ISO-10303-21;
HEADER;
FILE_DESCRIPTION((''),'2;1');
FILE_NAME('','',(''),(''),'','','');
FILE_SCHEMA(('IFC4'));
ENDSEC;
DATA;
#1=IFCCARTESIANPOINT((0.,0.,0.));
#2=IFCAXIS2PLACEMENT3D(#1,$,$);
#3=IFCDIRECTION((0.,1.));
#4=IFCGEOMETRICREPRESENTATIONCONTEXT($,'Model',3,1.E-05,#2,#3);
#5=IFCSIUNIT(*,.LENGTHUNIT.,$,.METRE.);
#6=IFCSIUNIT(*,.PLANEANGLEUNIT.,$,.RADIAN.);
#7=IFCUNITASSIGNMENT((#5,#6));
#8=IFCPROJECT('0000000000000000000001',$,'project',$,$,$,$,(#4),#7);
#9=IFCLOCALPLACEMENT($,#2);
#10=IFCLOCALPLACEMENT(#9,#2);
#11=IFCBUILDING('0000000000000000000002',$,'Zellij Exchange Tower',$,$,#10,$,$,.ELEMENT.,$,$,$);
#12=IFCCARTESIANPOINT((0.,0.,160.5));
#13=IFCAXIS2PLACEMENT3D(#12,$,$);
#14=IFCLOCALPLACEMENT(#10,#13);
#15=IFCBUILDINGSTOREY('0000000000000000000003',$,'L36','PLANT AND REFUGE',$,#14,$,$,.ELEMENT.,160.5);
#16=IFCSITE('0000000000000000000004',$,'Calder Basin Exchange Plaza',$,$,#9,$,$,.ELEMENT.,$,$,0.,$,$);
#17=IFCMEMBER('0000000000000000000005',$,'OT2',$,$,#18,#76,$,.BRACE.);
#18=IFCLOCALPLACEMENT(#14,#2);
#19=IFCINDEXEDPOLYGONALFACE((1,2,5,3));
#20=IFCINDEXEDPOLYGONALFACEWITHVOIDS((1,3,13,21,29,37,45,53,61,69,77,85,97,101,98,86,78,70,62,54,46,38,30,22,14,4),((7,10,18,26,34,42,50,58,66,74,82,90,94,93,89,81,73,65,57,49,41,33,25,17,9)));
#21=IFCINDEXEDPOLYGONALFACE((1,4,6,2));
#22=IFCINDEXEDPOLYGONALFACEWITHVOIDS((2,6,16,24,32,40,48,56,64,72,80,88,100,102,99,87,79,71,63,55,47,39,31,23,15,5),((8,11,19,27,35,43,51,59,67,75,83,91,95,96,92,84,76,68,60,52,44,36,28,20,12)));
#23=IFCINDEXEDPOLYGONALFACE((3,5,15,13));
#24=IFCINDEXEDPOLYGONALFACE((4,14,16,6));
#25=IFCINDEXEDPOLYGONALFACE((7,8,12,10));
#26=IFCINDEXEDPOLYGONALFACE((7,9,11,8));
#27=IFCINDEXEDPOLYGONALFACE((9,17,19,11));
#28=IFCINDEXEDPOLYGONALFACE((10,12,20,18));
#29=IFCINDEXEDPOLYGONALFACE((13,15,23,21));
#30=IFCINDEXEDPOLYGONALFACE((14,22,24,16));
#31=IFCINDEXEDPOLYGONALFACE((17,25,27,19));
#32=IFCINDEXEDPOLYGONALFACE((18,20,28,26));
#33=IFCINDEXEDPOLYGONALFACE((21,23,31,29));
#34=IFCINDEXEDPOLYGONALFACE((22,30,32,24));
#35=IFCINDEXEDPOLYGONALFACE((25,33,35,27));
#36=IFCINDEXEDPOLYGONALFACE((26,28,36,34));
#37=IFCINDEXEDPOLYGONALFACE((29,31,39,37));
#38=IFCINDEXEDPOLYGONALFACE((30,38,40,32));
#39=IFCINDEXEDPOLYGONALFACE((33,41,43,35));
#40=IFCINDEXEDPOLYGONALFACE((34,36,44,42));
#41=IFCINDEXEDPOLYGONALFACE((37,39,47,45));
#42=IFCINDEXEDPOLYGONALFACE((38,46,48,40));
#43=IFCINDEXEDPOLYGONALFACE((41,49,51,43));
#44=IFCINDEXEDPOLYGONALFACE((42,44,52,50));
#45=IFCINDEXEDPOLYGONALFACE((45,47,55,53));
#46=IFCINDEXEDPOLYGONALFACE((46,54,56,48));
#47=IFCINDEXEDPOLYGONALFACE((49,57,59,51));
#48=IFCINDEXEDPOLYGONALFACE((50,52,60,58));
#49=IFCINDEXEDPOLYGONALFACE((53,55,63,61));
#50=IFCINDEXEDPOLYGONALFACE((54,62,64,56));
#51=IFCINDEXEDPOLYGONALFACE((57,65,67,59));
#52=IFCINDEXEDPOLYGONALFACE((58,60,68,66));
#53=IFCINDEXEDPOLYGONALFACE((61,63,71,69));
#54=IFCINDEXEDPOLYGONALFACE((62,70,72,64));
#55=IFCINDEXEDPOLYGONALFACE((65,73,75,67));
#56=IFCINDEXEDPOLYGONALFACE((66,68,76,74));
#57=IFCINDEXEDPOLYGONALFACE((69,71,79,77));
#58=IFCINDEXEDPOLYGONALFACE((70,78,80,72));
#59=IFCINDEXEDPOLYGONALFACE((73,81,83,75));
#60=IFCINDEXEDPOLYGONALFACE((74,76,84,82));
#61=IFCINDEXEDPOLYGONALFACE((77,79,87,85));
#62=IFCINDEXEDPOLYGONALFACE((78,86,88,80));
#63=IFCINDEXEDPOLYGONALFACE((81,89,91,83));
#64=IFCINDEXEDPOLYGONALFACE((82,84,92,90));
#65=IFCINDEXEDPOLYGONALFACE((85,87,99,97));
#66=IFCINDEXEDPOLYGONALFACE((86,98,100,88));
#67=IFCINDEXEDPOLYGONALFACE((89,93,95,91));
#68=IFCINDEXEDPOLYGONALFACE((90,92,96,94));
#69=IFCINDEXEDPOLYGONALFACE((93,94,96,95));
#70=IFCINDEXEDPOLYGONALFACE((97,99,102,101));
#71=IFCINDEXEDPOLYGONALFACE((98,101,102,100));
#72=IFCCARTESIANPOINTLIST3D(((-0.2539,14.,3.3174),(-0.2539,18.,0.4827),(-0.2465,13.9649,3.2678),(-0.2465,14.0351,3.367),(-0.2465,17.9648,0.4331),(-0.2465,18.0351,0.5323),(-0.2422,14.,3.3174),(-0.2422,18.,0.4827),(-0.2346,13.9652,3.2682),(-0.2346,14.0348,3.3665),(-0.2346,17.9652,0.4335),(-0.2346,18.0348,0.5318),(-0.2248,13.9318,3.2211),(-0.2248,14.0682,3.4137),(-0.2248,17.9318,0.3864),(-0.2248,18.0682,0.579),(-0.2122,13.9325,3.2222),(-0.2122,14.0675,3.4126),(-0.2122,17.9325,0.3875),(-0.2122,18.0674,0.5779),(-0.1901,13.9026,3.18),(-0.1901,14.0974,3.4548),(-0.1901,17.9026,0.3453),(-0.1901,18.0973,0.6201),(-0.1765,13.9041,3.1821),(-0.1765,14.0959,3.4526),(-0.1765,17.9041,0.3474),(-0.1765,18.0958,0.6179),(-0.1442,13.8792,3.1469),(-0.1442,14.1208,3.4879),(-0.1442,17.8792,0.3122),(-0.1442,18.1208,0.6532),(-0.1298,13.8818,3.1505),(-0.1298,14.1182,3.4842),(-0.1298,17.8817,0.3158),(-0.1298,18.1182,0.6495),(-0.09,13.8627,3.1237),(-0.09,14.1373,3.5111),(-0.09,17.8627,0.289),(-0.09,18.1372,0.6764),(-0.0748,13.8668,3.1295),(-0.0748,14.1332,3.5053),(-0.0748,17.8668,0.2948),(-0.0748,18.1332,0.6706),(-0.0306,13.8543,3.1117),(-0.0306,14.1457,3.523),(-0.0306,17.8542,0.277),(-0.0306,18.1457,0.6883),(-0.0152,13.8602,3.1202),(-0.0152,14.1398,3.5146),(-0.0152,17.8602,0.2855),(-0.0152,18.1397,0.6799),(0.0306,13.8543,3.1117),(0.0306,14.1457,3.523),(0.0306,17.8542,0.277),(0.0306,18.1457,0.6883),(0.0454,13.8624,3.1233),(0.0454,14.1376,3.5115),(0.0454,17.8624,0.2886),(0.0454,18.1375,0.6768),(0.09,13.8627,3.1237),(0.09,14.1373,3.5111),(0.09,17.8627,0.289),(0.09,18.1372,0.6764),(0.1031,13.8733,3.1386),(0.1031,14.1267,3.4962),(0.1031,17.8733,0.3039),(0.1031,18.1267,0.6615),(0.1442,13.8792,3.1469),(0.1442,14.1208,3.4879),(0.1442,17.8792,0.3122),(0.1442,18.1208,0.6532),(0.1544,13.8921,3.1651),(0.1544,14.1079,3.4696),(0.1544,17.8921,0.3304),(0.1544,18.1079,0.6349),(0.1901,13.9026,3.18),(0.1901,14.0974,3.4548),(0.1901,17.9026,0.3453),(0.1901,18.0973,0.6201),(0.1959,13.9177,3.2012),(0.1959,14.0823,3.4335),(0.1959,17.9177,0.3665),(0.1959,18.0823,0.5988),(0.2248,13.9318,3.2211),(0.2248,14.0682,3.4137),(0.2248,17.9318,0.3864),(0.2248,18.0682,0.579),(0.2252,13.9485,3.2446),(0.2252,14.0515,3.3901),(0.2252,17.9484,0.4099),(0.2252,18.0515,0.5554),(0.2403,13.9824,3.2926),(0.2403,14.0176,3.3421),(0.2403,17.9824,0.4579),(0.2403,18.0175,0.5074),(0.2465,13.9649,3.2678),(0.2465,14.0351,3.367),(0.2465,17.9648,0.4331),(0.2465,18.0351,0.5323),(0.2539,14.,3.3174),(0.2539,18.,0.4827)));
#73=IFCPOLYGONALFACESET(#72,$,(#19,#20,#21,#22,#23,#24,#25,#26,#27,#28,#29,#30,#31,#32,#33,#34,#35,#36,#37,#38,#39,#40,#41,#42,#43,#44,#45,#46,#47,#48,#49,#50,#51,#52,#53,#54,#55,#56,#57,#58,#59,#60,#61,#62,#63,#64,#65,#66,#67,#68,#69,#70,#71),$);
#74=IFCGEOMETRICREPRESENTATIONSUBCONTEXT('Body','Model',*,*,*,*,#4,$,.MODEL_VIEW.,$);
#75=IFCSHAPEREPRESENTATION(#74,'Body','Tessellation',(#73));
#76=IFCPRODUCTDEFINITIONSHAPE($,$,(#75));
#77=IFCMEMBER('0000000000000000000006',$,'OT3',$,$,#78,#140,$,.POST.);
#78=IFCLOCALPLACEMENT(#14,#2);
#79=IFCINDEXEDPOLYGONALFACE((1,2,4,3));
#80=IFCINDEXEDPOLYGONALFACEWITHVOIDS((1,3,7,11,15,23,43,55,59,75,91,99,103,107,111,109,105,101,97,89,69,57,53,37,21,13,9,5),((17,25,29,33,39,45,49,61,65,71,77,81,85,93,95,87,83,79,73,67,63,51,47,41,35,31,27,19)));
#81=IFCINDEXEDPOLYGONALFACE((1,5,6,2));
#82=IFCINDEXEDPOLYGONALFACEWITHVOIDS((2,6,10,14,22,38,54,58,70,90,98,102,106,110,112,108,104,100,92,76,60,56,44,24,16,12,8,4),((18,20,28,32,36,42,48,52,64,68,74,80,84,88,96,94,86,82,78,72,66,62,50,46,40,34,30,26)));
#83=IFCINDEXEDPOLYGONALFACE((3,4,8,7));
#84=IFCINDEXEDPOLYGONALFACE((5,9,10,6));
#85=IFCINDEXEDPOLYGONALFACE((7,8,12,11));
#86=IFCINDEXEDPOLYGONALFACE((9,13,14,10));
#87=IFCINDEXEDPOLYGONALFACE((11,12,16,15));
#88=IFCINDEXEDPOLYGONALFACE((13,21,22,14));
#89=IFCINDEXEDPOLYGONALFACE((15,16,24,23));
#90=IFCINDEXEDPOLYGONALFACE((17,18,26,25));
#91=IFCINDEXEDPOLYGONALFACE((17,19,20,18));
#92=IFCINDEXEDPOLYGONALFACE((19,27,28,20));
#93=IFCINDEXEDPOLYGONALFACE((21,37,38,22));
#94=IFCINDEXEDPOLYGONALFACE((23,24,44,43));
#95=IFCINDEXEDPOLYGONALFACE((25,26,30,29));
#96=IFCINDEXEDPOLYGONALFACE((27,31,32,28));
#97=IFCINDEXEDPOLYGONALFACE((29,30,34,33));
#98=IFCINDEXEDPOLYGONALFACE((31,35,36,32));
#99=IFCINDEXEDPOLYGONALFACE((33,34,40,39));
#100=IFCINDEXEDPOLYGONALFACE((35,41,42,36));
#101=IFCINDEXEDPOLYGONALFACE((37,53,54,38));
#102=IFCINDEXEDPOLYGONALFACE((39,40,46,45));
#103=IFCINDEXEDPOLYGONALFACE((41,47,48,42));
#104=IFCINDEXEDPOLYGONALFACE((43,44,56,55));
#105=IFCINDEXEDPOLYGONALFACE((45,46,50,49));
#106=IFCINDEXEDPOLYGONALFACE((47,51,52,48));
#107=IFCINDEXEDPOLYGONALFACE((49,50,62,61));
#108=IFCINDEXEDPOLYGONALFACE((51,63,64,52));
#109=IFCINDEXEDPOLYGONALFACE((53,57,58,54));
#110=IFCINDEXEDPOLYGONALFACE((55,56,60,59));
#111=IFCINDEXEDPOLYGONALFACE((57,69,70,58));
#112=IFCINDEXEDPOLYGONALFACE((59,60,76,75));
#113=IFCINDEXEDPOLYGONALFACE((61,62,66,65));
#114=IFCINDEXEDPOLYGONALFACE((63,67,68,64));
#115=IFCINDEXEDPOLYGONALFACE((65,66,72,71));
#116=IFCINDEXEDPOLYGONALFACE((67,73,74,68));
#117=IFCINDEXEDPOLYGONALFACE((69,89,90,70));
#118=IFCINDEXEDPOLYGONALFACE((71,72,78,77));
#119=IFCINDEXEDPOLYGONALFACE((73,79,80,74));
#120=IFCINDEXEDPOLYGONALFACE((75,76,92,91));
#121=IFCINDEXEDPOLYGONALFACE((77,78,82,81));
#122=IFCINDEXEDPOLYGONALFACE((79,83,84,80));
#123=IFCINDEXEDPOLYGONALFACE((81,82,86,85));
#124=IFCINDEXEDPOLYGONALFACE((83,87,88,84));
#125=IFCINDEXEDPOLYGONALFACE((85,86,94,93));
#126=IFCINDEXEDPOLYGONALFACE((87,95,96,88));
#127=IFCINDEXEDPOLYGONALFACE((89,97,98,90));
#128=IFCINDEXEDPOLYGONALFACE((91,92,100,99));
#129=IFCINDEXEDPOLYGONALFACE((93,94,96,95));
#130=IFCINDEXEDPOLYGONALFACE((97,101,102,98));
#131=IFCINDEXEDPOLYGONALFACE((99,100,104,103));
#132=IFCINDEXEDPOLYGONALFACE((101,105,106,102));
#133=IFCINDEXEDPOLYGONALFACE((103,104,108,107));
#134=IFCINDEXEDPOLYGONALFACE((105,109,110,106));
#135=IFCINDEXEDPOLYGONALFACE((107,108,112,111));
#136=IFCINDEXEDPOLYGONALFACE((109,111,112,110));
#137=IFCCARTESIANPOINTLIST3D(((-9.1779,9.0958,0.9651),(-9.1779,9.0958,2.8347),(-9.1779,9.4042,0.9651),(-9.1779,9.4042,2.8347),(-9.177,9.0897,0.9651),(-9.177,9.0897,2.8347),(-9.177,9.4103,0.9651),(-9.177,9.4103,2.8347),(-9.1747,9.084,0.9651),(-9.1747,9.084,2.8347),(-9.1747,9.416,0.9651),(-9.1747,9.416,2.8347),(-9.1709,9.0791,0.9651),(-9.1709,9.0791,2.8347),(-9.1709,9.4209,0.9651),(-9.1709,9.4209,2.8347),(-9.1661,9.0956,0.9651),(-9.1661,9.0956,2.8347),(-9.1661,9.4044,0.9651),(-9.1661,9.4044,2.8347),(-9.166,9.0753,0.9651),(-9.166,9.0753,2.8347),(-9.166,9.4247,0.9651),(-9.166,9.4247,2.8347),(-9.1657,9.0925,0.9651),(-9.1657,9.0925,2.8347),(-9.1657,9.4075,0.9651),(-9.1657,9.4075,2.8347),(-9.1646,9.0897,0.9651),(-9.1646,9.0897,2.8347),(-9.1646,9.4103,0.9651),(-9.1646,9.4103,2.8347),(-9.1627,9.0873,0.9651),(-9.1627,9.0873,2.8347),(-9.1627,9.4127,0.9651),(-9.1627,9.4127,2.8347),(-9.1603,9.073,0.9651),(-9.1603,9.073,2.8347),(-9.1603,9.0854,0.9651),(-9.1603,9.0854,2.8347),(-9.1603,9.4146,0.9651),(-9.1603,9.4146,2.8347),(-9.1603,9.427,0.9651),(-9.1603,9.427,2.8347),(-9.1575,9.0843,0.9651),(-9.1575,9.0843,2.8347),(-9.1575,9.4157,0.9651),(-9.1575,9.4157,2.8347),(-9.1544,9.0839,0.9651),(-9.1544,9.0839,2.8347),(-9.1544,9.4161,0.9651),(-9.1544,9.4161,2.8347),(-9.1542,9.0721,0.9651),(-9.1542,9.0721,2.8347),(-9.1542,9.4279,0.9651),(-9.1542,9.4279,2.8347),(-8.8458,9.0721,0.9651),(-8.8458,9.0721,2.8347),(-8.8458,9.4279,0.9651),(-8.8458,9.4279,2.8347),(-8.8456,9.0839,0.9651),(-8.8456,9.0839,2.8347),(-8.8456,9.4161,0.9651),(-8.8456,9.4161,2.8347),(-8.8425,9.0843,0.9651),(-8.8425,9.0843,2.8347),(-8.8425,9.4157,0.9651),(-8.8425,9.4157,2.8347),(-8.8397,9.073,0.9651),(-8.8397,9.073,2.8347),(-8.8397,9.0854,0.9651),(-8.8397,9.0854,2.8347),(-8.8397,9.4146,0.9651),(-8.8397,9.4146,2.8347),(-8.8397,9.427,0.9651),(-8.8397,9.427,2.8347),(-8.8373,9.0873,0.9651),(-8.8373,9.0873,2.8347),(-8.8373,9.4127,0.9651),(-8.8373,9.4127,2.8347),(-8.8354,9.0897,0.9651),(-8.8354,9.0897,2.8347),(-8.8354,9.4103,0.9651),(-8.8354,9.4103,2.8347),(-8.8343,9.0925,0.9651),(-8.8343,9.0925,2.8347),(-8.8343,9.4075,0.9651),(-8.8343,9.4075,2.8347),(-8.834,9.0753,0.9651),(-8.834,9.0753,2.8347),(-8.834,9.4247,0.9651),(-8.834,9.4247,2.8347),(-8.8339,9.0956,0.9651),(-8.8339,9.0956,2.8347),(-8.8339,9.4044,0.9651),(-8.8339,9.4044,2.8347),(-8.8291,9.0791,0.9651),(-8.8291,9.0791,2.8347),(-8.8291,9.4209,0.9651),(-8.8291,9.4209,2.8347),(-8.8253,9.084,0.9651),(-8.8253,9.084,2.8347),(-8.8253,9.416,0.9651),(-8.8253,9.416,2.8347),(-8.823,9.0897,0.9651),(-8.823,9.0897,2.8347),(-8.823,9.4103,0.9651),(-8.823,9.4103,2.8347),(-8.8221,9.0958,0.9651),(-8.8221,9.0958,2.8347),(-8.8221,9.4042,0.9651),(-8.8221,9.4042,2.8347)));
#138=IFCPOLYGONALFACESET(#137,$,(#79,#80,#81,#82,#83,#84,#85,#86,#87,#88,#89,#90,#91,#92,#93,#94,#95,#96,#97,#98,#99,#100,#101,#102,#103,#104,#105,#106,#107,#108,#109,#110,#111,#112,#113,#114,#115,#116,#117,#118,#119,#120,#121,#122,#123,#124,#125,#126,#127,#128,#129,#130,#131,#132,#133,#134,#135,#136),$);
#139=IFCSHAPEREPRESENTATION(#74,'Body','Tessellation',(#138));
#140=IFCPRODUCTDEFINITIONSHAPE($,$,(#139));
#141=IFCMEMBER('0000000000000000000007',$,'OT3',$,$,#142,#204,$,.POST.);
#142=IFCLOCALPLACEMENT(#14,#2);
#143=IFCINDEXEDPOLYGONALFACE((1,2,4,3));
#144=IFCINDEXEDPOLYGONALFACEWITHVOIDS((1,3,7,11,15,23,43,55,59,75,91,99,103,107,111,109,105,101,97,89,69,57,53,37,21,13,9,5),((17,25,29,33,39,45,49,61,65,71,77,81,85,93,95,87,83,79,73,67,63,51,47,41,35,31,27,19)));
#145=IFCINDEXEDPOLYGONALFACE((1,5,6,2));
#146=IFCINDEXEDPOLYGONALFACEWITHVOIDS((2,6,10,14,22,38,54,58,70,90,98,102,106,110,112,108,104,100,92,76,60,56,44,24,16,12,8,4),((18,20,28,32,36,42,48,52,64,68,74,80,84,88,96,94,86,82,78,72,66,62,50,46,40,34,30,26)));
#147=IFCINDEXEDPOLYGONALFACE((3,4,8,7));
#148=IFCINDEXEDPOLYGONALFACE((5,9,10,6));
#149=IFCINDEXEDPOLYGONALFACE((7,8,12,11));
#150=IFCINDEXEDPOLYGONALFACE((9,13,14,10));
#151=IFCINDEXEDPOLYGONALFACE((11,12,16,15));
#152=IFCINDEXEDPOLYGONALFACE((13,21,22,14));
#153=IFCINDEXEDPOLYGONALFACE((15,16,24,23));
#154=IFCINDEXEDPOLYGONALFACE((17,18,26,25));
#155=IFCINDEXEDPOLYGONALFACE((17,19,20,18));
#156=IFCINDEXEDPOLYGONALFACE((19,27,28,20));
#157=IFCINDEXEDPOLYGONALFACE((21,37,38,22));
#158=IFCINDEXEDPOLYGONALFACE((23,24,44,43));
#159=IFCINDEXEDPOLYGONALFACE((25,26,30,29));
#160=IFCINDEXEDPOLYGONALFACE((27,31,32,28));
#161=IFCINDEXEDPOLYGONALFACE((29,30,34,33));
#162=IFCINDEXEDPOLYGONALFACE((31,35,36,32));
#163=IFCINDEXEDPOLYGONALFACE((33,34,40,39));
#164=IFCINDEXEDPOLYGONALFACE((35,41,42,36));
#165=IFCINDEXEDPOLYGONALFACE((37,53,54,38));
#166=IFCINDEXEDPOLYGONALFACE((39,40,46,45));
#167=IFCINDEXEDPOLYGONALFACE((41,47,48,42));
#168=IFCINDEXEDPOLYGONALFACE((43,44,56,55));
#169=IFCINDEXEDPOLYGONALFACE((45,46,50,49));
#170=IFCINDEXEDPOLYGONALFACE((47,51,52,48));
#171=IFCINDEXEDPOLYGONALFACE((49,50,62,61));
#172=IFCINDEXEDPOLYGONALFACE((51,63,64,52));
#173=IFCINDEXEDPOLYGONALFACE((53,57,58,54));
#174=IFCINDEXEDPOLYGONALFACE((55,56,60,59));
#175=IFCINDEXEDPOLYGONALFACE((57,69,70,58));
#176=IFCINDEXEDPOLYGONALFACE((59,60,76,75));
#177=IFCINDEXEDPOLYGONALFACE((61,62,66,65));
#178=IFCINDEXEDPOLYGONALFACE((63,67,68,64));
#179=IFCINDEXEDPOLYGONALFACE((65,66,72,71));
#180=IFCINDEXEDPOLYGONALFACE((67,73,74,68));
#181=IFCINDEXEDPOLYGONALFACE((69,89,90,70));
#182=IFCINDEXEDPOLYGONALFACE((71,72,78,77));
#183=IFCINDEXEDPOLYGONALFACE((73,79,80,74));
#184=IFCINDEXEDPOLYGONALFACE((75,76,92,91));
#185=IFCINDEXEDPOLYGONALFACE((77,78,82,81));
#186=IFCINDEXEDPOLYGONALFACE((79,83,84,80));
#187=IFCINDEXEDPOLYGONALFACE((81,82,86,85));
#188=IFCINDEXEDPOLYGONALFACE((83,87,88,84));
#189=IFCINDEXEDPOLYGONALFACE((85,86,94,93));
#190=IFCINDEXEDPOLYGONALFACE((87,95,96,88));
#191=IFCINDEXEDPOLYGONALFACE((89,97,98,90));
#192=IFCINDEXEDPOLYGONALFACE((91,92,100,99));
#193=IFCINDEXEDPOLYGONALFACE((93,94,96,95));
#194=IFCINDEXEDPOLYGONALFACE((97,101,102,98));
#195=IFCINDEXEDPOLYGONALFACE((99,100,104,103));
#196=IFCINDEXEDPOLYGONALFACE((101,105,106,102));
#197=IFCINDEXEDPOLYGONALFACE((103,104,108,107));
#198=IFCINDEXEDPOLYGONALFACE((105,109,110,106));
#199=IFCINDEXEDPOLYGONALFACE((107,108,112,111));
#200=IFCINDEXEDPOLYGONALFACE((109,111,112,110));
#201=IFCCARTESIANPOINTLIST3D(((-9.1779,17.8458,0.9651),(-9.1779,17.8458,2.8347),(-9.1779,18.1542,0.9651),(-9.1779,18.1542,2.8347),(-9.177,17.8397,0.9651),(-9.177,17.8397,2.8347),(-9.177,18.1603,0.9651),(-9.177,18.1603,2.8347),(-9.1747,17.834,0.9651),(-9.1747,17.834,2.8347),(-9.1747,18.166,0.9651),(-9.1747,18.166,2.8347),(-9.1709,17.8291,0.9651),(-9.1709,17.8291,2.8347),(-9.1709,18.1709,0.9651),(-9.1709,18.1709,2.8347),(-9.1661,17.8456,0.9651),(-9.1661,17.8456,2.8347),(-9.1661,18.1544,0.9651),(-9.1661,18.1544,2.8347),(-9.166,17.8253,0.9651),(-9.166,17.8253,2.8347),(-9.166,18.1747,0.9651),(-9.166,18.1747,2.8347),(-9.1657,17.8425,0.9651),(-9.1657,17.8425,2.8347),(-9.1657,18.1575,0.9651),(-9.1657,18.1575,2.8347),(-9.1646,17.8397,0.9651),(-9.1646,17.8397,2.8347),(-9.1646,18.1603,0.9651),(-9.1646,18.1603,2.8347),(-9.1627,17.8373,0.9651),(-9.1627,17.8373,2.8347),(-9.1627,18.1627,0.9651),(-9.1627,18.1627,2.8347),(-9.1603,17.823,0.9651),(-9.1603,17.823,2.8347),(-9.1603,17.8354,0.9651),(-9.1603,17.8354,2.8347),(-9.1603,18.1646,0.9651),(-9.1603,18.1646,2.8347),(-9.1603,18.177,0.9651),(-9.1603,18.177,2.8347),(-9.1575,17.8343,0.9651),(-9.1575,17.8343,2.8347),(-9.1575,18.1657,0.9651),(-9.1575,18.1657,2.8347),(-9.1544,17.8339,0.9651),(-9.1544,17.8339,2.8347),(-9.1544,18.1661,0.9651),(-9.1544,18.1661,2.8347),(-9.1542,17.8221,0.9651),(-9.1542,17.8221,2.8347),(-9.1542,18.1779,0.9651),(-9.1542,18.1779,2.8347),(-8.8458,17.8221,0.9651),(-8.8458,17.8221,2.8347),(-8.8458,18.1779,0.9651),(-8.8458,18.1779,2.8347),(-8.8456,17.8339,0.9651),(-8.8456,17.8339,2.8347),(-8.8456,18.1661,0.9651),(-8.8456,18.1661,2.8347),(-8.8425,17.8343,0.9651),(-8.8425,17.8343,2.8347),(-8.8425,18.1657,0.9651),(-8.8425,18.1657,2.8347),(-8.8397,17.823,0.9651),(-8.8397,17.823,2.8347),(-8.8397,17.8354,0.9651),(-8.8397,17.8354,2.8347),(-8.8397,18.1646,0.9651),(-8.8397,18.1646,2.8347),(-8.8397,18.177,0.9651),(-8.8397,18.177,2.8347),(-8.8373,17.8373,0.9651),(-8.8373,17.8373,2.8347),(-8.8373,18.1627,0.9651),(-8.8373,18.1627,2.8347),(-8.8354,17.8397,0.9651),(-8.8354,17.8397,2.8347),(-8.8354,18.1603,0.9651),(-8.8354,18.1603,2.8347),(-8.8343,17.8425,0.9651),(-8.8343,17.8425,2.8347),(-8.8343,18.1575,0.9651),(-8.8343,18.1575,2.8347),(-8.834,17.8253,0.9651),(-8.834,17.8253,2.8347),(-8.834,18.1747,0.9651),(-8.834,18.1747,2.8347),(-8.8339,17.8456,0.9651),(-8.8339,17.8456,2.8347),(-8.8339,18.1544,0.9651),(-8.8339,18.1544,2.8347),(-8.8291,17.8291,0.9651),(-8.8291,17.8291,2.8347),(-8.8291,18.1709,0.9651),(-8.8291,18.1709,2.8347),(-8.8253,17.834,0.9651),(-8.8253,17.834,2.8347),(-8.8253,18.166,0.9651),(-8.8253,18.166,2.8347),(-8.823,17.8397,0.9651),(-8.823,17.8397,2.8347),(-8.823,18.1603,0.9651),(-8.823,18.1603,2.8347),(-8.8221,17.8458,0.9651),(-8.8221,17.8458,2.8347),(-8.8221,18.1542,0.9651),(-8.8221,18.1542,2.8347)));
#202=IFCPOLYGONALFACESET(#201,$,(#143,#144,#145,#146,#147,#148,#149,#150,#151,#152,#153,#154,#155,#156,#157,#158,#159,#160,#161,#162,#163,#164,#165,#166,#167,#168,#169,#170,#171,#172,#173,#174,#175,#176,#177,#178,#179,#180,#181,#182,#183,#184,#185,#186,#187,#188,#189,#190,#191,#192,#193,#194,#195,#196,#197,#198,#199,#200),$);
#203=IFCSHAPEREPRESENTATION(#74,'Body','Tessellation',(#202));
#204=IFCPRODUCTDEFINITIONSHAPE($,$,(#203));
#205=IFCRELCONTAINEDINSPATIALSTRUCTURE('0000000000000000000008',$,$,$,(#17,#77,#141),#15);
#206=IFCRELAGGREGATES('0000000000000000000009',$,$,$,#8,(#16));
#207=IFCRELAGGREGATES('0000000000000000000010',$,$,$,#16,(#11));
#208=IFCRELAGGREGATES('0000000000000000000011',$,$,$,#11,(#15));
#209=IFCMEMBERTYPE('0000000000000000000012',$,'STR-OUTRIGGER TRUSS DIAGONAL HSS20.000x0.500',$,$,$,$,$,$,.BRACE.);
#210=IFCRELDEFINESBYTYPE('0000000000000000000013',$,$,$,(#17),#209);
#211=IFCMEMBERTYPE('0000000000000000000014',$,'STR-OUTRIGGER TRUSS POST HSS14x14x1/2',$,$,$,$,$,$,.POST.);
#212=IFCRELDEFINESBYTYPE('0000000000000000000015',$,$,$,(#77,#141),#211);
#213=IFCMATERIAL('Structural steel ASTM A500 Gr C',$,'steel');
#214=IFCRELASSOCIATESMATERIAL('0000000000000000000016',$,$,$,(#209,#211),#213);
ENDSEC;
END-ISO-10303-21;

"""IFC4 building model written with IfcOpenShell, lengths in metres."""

from ifc_helpers import new_model, si_unit, direction, frame, origin, origin_2d, place, context, subcontext, project, spatial, hollow_rectangle, hollow_circle, extrude, material, material_profile, profile_set, type_object, element, save


model = new_model("IFC4")

# Units and contexts
model_context = context("Model", 3, precision=1e-05, world=origin(), true_north=direction((0.0, 1.0)))
body_context = subcontext(model_context, "Body", "Model", "MODEL_VIEW")
ifc_project = project(units=[si_unit("LENGTHUNIT", "METRE"), si_unit("PLANEANGLEUNIT", "RADIAN")], contexts=[model_context])

# Site, building, storey
site_placement = place(None, origin())
site = spatial("IfcSite", under=ifc_project, at=site_placement, Name="Calder Basin Exchange Plaza", CompositionType="ELEMENT", RefElevation=0.0)
building_placement = place(site_placement, origin())
building = spatial("IfcBuilding", under=site, at=building_placement, Name="Zellij Exchange Tower", CompositionType="ELEMENT")
storey_placement = place(building_placement, frame((0.0, 0.0, 160.5)))
storey = spatial("IfcBuildingStorey", under=building, at=storey_placement, Name="L36", Description="PLANT AND REFUGE", CompositionType="ELEMENT", Elevation=160.5)

# Members
ifc_material_1 = material(Name="Structural steel ASTM A500 Gr C", Category="steel")
ifc_material_profile_1 = material_profile(ifc_material_1, hollow_circle(Radius=0.2539, WallThickness=0.0117, at=origin_2d()), Name="STR-OUTRIGGER TRUSS DIAGONAL HSS20.000x0.500")
ifc_profile_set_1 = profile_set([ifc_material_profile_1], Name="Structural steel ASTM A500 Gr C")
member_type_1 = type_object("IfcMemberType", Name="STR-OUTRIGGER TRUSS DIAGONAL HSS20.000x0.500", PredefinedType="BRACE", material=ifc_profile_set_1)
member_1_placement = place(storey_placement, frame((0.0, 14.0, 3.3174), z_axis=(0.0, 0.815891, -0.578205), x_axis=(-1.0, 0.0, 0.0)))
element("IfcMember", 1, at=member_1_placement, inside=storey, type_object=member_type_1, Name="OT2", PredefinedType="BRACE", context=body_context, shape_type="SweptSolid", body=[
    extrude(hollow_circle(Radius=0.2539, WallThickness=0.0117, at=origin_2d()), origin(), (0.0, 0.0, 1.0), 4.9026),
])
ifc_material_profile_2 = material_profile(ifc_material_1, hollow_rectangle(XDim=0.3557, YDim=0.3557, WallThickness=0.0117, InnerFilletRadius=0.0117, OuterFilletRadius=0.0237, at=origin_2d()), Name="STR-OUTRIGGER TRUSS POST HSS14x14x1/2")
ifc_profile_set_2 = profile_set([ifc_material_profile_2], Name="Structural steel ASTM A500 Gr C")
member_type_2 = type_object("IfcMemberType", Name="STR-OUTRIGGER TRUSS POST HSS14x14x1/2", PredefinedType="POST", material=ifc_profile_set_2)
for number, where, z_axis, x_axis, name in (
    (2, (-9.0, 9.25, 0.9651), (0.0, 0.0, 1.0), (1.0, 0.0, 0.0), "OT3"),
    (3, (-9.0, 18.0, 0.9651), (0.0, 0.0, 1.0), (1.0, 0.0, 0.0), "OT3"),
):
    element("IfcMember", number, at=place(storey_placement, frame(where, z_axis=z_axis, x_axis=x_axis)), inside=storey, type_object=member_type_2, Name=name, PredefinedType="POST", context=body_context, shape_type="SweptSolid", body=[
        extrude(hollow_rectangle(XDim=0.3557, YDim=0.3557, WallThickness=0.0117, InnerFilletRadius=0.0117, OuterFilletRadius=0.0237, at=origin_2d()), origin(), (0.0, 0.0, 1.0), 1.8696),
    ])

save(model, "model.ifc")
